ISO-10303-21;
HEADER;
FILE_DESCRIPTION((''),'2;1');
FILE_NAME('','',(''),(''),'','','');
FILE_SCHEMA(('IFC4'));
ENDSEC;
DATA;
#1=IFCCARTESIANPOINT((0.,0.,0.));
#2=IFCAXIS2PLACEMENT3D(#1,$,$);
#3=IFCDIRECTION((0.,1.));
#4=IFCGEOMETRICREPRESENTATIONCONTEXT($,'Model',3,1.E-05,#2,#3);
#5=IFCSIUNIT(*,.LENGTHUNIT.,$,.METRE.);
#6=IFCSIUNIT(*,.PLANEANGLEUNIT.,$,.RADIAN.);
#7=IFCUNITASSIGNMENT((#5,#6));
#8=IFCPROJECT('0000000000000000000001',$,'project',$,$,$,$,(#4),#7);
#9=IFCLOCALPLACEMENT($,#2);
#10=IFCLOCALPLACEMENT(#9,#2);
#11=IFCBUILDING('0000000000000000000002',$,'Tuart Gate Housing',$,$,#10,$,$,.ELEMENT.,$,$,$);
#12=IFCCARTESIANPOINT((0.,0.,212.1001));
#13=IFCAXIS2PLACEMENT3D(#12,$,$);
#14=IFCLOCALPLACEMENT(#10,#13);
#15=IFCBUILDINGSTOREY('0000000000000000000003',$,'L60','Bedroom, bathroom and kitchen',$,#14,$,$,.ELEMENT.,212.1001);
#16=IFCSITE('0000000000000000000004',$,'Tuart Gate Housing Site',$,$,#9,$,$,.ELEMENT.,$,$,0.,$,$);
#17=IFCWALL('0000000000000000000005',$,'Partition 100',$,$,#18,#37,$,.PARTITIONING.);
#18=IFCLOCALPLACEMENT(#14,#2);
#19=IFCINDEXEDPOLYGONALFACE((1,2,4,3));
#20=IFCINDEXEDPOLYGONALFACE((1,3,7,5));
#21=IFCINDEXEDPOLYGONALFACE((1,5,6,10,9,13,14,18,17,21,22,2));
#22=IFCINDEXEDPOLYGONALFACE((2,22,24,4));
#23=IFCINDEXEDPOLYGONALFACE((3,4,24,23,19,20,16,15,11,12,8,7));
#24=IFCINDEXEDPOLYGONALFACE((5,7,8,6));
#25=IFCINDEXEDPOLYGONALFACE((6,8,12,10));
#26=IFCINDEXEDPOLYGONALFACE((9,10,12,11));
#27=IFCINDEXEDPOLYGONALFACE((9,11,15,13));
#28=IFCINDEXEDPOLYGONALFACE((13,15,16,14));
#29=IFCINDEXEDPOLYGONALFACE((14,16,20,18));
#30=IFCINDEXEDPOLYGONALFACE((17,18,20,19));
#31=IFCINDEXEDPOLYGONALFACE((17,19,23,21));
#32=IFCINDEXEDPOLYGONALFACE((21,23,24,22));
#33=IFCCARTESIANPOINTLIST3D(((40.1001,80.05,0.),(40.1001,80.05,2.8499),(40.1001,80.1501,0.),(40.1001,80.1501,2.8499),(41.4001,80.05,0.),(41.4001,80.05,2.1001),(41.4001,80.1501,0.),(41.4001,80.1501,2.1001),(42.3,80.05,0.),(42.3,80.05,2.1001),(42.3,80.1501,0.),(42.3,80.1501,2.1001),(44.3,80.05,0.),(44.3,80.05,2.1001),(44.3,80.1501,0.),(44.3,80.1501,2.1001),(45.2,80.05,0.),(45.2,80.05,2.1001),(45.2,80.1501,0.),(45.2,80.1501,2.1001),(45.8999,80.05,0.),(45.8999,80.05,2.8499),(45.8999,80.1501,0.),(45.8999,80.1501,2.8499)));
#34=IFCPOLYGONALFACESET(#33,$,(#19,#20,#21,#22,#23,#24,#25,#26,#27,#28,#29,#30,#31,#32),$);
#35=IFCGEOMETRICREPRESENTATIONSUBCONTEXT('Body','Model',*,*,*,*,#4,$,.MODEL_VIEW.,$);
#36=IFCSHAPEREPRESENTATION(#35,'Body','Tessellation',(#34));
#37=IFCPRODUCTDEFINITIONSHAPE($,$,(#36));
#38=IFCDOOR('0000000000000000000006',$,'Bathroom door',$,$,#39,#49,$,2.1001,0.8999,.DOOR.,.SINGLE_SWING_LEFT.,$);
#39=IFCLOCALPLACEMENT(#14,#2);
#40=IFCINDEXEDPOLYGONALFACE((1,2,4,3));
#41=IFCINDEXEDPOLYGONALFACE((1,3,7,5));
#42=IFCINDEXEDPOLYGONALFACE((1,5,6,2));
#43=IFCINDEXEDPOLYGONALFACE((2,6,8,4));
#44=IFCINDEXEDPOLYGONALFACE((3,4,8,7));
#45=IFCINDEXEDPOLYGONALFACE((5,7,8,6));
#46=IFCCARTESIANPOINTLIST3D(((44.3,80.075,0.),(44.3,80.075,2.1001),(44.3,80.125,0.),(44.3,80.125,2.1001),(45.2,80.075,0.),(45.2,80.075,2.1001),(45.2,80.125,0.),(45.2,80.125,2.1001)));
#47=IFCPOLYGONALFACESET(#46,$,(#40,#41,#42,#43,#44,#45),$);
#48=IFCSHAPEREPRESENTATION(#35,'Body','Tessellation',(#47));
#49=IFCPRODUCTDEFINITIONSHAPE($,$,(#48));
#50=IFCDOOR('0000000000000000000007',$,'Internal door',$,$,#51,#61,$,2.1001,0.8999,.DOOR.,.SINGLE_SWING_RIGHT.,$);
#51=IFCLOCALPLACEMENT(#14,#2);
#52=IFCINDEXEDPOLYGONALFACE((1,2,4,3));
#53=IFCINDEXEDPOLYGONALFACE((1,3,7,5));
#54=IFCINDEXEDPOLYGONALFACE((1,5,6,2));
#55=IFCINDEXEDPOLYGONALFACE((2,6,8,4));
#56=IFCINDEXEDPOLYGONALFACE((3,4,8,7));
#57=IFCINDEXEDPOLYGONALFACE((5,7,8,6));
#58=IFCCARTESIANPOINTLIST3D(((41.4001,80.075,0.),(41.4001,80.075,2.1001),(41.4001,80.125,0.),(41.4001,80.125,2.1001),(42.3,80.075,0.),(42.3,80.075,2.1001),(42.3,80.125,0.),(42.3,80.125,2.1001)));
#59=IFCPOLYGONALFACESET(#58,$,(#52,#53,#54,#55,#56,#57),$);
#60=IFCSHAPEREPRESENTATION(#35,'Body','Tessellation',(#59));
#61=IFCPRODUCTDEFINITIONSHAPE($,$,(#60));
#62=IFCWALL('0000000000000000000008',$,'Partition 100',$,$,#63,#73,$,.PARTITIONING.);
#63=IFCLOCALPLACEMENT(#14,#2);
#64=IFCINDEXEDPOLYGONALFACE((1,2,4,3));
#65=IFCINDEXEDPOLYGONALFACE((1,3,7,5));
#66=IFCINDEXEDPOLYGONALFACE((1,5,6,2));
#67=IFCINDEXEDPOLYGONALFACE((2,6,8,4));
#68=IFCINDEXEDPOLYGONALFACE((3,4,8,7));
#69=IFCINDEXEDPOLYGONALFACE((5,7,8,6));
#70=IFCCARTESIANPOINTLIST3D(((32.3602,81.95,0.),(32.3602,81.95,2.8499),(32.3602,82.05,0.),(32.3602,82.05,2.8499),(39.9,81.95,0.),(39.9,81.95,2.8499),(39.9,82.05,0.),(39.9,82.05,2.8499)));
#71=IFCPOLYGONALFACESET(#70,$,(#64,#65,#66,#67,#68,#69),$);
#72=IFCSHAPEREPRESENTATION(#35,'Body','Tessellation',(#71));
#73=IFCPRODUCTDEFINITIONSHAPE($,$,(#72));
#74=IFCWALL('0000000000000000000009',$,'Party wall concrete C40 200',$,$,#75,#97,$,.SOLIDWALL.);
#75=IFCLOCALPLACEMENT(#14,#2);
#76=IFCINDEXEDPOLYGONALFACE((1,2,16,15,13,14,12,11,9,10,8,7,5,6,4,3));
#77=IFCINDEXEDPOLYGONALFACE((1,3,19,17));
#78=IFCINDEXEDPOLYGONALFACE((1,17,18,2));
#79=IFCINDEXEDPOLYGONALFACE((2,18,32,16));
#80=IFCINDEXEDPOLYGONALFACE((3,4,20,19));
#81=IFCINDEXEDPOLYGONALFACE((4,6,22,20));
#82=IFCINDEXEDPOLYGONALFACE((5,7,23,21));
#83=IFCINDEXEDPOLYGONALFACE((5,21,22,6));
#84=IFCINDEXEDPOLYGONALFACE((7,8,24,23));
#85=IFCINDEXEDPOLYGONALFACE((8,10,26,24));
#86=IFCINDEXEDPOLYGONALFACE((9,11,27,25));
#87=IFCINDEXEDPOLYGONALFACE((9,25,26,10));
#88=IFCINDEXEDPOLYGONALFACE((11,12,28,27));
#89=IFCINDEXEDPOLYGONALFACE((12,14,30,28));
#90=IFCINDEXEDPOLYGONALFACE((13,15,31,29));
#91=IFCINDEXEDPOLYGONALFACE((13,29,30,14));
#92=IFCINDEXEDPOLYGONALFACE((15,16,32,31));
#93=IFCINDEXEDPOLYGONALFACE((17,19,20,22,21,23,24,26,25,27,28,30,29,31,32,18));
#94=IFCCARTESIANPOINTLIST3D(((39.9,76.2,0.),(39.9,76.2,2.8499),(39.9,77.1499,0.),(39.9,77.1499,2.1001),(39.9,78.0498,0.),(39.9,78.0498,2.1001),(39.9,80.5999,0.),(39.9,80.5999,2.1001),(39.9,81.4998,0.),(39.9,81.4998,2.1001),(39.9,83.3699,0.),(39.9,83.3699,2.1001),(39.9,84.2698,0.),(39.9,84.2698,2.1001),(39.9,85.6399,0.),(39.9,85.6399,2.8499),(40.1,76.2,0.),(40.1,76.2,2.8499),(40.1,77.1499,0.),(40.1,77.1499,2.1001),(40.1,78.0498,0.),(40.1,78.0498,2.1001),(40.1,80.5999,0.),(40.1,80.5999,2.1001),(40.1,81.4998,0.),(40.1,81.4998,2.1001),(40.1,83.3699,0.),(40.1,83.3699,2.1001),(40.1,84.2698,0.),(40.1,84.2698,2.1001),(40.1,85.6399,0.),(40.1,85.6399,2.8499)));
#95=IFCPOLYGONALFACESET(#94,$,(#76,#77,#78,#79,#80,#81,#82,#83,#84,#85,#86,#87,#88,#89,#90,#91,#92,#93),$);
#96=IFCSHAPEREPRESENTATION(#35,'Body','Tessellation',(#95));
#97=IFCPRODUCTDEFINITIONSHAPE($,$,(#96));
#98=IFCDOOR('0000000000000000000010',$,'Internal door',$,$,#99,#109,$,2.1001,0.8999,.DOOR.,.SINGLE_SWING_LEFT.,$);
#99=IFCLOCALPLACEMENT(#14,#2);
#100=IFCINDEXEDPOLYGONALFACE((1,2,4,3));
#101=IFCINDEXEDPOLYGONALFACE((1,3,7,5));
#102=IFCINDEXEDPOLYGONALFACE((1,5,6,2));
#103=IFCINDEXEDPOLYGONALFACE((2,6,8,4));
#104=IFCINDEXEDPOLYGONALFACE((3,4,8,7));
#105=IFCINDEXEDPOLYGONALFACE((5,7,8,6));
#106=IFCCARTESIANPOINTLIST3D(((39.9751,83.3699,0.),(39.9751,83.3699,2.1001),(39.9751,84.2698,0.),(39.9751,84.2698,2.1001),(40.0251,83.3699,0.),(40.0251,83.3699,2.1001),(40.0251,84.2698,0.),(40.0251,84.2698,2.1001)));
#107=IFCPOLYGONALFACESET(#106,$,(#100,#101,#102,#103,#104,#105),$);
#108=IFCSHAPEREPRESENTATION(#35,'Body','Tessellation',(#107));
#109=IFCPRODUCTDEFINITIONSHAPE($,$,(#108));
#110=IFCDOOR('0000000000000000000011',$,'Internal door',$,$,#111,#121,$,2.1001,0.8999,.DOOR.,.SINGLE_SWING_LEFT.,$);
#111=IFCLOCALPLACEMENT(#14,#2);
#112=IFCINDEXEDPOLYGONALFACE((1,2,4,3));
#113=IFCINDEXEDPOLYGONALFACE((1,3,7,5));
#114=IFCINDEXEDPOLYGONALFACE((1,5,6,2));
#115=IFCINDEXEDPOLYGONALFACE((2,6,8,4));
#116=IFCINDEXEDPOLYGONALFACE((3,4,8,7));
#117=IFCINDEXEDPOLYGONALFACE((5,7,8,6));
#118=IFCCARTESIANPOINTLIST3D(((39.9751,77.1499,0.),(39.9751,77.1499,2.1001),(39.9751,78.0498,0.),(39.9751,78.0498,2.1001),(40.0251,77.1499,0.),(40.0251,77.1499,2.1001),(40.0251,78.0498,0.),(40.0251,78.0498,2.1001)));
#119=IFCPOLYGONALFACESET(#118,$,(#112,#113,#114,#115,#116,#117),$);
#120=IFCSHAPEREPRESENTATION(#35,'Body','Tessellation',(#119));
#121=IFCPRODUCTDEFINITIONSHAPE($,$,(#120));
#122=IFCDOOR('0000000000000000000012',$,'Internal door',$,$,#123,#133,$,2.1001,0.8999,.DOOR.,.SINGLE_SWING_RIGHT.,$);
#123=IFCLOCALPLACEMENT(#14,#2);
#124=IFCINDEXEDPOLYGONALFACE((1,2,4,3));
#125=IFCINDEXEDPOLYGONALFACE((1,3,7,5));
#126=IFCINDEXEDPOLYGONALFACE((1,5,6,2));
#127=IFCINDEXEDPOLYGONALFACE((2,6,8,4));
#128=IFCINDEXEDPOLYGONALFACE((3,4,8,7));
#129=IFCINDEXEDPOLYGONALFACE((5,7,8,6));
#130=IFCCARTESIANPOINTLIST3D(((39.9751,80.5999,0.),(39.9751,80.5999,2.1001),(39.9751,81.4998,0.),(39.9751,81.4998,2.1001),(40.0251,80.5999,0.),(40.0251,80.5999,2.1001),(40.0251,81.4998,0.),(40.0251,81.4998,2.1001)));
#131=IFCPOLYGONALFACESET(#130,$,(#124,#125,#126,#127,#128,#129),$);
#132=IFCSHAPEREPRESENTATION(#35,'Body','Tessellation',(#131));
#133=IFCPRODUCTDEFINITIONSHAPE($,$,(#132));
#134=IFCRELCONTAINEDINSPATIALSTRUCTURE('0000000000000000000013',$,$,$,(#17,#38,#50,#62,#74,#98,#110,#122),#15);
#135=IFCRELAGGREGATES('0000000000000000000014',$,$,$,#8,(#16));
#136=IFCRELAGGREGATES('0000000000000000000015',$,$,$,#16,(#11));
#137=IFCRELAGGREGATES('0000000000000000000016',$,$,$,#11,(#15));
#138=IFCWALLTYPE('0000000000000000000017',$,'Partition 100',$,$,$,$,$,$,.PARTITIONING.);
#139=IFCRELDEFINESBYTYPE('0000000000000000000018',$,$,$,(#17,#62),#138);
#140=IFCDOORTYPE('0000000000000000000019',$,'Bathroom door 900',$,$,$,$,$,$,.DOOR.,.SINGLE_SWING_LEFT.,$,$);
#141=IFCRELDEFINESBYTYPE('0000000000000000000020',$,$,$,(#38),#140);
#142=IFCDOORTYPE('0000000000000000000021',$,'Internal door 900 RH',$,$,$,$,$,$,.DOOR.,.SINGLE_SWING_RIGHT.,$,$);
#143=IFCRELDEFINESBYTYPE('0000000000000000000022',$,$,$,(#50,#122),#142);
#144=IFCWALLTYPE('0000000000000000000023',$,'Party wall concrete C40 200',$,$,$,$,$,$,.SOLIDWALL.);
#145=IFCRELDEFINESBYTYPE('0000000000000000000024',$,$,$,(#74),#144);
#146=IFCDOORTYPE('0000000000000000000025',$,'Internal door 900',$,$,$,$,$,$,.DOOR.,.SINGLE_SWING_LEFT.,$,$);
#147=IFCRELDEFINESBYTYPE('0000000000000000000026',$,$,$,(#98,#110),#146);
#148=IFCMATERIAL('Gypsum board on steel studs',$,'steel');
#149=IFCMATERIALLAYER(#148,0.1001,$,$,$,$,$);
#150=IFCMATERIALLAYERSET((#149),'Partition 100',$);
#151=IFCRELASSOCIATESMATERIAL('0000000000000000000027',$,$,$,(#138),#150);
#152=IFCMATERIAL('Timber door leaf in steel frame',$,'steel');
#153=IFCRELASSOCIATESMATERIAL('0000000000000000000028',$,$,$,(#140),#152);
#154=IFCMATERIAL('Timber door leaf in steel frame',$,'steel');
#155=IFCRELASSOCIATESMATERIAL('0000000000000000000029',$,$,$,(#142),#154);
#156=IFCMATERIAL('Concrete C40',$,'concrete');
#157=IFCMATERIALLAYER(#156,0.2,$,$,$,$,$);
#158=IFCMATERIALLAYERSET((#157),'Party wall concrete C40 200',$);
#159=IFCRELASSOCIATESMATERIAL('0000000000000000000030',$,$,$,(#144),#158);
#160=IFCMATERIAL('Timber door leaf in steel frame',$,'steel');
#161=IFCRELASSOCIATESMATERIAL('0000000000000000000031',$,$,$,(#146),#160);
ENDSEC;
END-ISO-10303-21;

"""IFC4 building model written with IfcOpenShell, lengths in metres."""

from ifc_helpers import new_model, si_unit, direction, frame, frame_2d, origin, place, context, subcontext, project, spatial, rectangle, extrude, material, layer, layer_set, type_object, element, fill, save


model = new_model("IFC4")

# Units and contexts
model_context = context("Model", 3, precision=1e-05, world=origin(), true_north=direction((0.0, 1.0)))
body_context = subcontext(model_context, "Body", "Model", "MODEL_VIEW")
ifc_project = project(units=[si_unit("LENGTHUNIT", "METRE"), si_unit("PLANEANGLEUNIT", "RADIAN")], contexts=[model_context])

# Site, building, storey
site_placement = place(None, origin())
site = spatial("IfcSite", under=ifc_project, at=site_placement, Name="Tuart Gate Housing Site", CompositionType="ELEMENT", RefElevation=0.0)
building_placement = place(site_placement, origin())
building = spatial("IfcBuilding", under=site, at=building_placement, Name="Tuart Gate Housing", CompositionType="ELEMENT")
storey_placement = place(building_placement, frame((0.0, 0.0, 212.1001)))
storey = spatial("IfcBuildingStorey", under=building, at=storey_placement, Name="L60", Description="Bedroom, bathroom and kitchen", CompositionType="ELEMENT", Elevation=212.1001)

# Shared definitions
ifc_material_1 = material(Name="Gypsum board on steel studs", Category="steel")
ifc_layer_1 = layer(ifc_material_1, 0.1001)
ifc_layer_set_1 = layer_set([ifc_layer_1], Name="Partition 100")
wall_type_1 = type_object("IfcWallType", Name="Partition 100", PredefinedType="PARTITIONING", material=ifc_layer_set_1)

# Wall, openings, doors
wall_1_placement = place(storey_placement, frame((40.1001, 80.1001, 0.0), z_axis=(0.0, 0.0, 1.0), x_axis=(1.0, 0.0, 0.0)))
wall_1 = element("IfcWall", 1, at=wall_1_placement, inside=storey, type_object=wall_type_1, Name="Partition 100", PredefinedType="PARTITIONING", context=body_context, shape_type="SweptSolid", body=[
    extrude(rectangle(XDim=5.7998, YDim=0.1001, at=frame_2d((2.8999, 0.0))), origin(), (0.0, 0.0, 1.0), 2.8499),
])
opening_1_placement = place(wall_1_placement, frame((1.3, 0.0, 0.0)))
opening_1 = element("IfcOpeningElement", 2, at=opening_1_placement, cuts=wall_1, PredefinedType="OPENING", context=body_context, shape_type="SweptSolid", body=[
    extrude(rectangle(XDim=0.8999, YDim=2.1001, at=frame_2d((0.45, 1.05))), frame((0.0, 0.0601, 0.0), z_axis=(0.0, -1.0, 0.0), x_axis=(1.0, 0.0, 0.0)), (0.0, 0.0, 1.0), 0.1201),
])
opening_2_placement = place(wall_1_placement, frame((4.2, 0.0, 0.0)))
opening_2 = element("IfcOpeningElement", 3, at=opening_2_placement, cuts=wall_1, PredefinedType="OPENING", context=body_context, shape_type="SweptSolid", body=[
    extrude(rectangle(XDim=0.8999, YDim=2.1001, at=frame_2d((0.45, 1.05))), frame((0.0, 0.0601, 0.0), z_axis=(0.0, -1.0, 0.0), x_axis=(1.0, 0.0, 0.0)), (0.0, 0.0, 1.0), 0.1201),
])
ifc_material_2 = material(Name="Timber door leaf in steel frame", Category="steel")
door_type_1 = type_object("IfcDoorType", Name="Bathroom door 900", OperationType="SINGLE_SWING_LEFT", PredefinedType="DOOR", material=ifc_material_2)
door_1_placement = place(opening_2_placement, origin())
door_1 = element("IfcDoor", 4, at=door_1_placement, inside=storey, type_object=door_type_1, Name="Bathroom door", OperationType="SINGLE_SWING_LEFT", OverallHeight=2.1001, OverallWidth=0.8999, PredefinedType="DOOR", context=body_context, shape_type="SweptSolid", body=[
    extrude(rectangle(XDim=0.8999, YDim=2.1001, at=frame_2d((0.45, 1.05))), frame((0.0, 0.0249, 0.0), z_axis=(0.0, -1.0, 0.0), x_axis=(1.0, 0.0, 0.0)), (0.0, 0.0, 1.0), 0.05),
])
fill(opening_2, door_1)
ifc_material_3 = material(Name="Timber door leaf in steel frame", Category="steel")
door_type_2 = type_object("IfcDoorType", Name="Internal door 900 RH", OperationType="SINGLE_SWING_RIGHT", PredefinedType="DOOR", material=ifc_material_3)
door_2_placement = place(opening_1_placement, frame((0.8999, 0.0, 0.0), z_axis=(0.0, 0.0, 1.0), x_axis=(-1.0, 0.0, 0.0)))
door_2 = element("IfcDoor", 5, at=door_2_placement, inside=storey, type_object=door_type_2, Name="Internal door", OperationType="SINGLE_SWING_RIGHT", OverallHeight=2.1001, OverallWidth=0.8999, PredefinedType="DOOR", context=body_context, shape_type="SweptSolid", body=[
    extrude(rectangle(XDim=0.8999, YDim=2.1001, at=frame_2d((0.45, 1.05))), frame((0.0, 0.0251, 0.0), z_axis=(0.0, -1.0, 0.0), x_axis=(1.0, 0.0, 0.0)), (0.0, 0.0, 1.0), 0.05),
])
fill(opening_1, door_2)

# Wall
wall_2_placement = place(storey_placement, frame((32.3601, 82.0, 0.0), z_axis=(0.0, 0.0, 1.0), x_axis=(1.0, 0.0, 0.0)))
element("IfcWall", 6, at=wall_2_placement, inside=storey, type_object=wall_type_1, Name="Partition 100", PredefinedType="PARTITIONING", context=body_context, shape_type="SweptSolid", body=[
    extrude(rectangle(XDim=7.5398, YDim=0.1001, at=frame_2d((3.77, 0.0))), origin(), (0.0, 0.0, 1.0), 2.8499),
])

# Wall, openings, doors
ifc_material_4 = material(Name="Concrete C40", Category="concrete")
ifc_layer_2 = layer(ifc_material_4, 0.2)
ifc_layer_set_2 = layer_set([ifc_layer_2], Name="Party wall concrete C40 200")
wall_type_2 = type_object("IfcWallType", Name="Party wall concrete C40 200", PredefinedType="SOLIDWALL", material=ifc_layer_set_2)
wall_3_placement = place(storey_placement, frame((40.0, 76.2, 0.0), z_axis=(0.0, 0.0, 1.0), x_axis=(0.0, 1.0, 0.0)))
wall_3 = element("IfcWall", 7, at=wall_3_placement, inside=storey, type_object=wall_type_2, Name="Party wall concrete C40 200", PredefinedType="SOLIDWALL", context=body_context, shape_type="SweptSolid", body=[
    extrude(rectangle(XDim=9.4399, YDim=0.2, at=frame_2d((4.72, 0.0))), origin(), (0.0, 0.0, 1.0), 2.8499),
])
opening_3_placement = place(wall_3_placement, frame((7.1699, 0.0, 0.0)))
opening_3 = element("IfcOpeningElement", 8, at=opening_3_placement, cuts=wall_3, PredefinedType="OPENING", context=body_context, shape_type="SweptSolid", body=[
    extrude(rectangle(XDim=0.8999, YDim=2.1001, at=frame_2d((0.45, 1.05))), frame((0.0, 0.1099, 0.0), z_axis=(0.0, -1.0, 0.0), x_axis=(1.0, 0.0, 0.0)), (0.0, 0.0, 1.0), 0.22),
])
opening_4_placement = place(wall_3_placement, frame((4.3999, 0.0, 0.0)))
opening_4 = element("IfcOpeningElement", 9, at=opening_4_placement, cuts=wall_3, PredefinedType="OPENING", context=body_context, shape_type="SweptSolid", body=[
    extrude(rectangle(XDim=0.8999, YDim=2.1001, at=frame_2d((0.45, 1.05))), frame((0.0, 0.1099, 0.0), z_axis=(0.0, -1.0, 0.0), x_axis=(1.0, 0.0, 0.0)), (0.0, 0.0, 1.0), 0.22),
])
opening_5_placement = place(wall_3_placement, frame((0.95, 0.0, 0.0)))
opening_5 = element("IfcOpeningElement", 10, at=opening_5_placement, cuts=wall_3, PredefinedType="OPENING", context=body_context, shape_type="SweptSolid", body=[
    extrude(rectangle(XDim=0.8999, YDim=2.1001, at=frame_2d((0.45, 1.05))), frame((0.0, 0.1099, 0.0), z_axis=(0.0, -1.0, 0.0), x_axis=(1.0, 0.0, 0.0)), (0.0, 0.0, 1.0), 0.22),
])
ifc_material_5 = material(Name="Timber door leaf in steel frame", Category="steel")
door_type_3 = type_object("IfcDoorType", Name="Internal door 900", OperationType="SINGLE_SWING_LEFT", PredefinedType="DOOR", material=ifc_material_5)
door_3_placement = place(opening_3_placement, origin())
door_3 = element("IfcDoor", 11, at=door_3_placement, inside=storey, type_object=door_type_3, Name="Internal door", OperationType="SINGLE_SWING_LEFT", OverallHeight=2.1001, OverallWidth=0.8999, PredefinedType="DOOR", context=body_context, shape_type="SweptSolid", body=[
    extrude(rectangle(XDim=0.8999, YDim=2.1001, at=frame_2d((0.45, 1.05))), frame((0.0, 0.0249, 0.0), z_axis=(0.0, -1.0, 0.0), x_axis=(1.0, 0.0, 0.0)), (0.0, 0.0, 1.0), 0.05),
])
fill(opening_3, door_3)
door_4_placement = place(opening_5_placement, origin())
door_4 = element("IfcDoor", 12, at=door_4_placement, inside=storey, type_object=door_type_3, Name="Internal door", OperationType="SINGLE_SWING_LEFT", OverallHeight=2.1001, OverallWidth=0.8999, PredefinedType="DOOR", context=body_context, shape_type="SweptSolid", body=[
    extrude(rectangle(XDim=0.8999, YDim=2.1001, at=frame_2d((0.45, 1.05))), frame((0.0, 0.0249, 0.0), z_axis=(0.0, -1.0, 0.0), x_axis=(1.0, 0.0, 0.0)), (0.0, 0.0, 1.0), 0.05),
])
fill(opening_5, door_4)
door_5_placement = place(opening_4_placement, origin())
door_5 = element("IfcDoor", 13, at=door_5_placement, inside=storey, type_object=door_type_2, Name="Internal door", OperationType="SINGLE_SWING_RIGHT", OverallHeight=2.1001, OverallWidth=0.8999, PredefinedType="DOOR", context=body_context, shape_type="SweptSolid", body=[
    extrude(rectangle(XDim=0.8999, YDim=2.1001, at=frame_2d((0.45, 1.05))), frame((0.0, 0.0249, 0.0), z_axis=(0.0, -1.0, 0.0), x_axis=(1.0, 0.0, 0.0)), (0.0, 0.0, 1.0), 0.05),
])
fill(opening_4, door_5)

save(model, "model.ifc")
